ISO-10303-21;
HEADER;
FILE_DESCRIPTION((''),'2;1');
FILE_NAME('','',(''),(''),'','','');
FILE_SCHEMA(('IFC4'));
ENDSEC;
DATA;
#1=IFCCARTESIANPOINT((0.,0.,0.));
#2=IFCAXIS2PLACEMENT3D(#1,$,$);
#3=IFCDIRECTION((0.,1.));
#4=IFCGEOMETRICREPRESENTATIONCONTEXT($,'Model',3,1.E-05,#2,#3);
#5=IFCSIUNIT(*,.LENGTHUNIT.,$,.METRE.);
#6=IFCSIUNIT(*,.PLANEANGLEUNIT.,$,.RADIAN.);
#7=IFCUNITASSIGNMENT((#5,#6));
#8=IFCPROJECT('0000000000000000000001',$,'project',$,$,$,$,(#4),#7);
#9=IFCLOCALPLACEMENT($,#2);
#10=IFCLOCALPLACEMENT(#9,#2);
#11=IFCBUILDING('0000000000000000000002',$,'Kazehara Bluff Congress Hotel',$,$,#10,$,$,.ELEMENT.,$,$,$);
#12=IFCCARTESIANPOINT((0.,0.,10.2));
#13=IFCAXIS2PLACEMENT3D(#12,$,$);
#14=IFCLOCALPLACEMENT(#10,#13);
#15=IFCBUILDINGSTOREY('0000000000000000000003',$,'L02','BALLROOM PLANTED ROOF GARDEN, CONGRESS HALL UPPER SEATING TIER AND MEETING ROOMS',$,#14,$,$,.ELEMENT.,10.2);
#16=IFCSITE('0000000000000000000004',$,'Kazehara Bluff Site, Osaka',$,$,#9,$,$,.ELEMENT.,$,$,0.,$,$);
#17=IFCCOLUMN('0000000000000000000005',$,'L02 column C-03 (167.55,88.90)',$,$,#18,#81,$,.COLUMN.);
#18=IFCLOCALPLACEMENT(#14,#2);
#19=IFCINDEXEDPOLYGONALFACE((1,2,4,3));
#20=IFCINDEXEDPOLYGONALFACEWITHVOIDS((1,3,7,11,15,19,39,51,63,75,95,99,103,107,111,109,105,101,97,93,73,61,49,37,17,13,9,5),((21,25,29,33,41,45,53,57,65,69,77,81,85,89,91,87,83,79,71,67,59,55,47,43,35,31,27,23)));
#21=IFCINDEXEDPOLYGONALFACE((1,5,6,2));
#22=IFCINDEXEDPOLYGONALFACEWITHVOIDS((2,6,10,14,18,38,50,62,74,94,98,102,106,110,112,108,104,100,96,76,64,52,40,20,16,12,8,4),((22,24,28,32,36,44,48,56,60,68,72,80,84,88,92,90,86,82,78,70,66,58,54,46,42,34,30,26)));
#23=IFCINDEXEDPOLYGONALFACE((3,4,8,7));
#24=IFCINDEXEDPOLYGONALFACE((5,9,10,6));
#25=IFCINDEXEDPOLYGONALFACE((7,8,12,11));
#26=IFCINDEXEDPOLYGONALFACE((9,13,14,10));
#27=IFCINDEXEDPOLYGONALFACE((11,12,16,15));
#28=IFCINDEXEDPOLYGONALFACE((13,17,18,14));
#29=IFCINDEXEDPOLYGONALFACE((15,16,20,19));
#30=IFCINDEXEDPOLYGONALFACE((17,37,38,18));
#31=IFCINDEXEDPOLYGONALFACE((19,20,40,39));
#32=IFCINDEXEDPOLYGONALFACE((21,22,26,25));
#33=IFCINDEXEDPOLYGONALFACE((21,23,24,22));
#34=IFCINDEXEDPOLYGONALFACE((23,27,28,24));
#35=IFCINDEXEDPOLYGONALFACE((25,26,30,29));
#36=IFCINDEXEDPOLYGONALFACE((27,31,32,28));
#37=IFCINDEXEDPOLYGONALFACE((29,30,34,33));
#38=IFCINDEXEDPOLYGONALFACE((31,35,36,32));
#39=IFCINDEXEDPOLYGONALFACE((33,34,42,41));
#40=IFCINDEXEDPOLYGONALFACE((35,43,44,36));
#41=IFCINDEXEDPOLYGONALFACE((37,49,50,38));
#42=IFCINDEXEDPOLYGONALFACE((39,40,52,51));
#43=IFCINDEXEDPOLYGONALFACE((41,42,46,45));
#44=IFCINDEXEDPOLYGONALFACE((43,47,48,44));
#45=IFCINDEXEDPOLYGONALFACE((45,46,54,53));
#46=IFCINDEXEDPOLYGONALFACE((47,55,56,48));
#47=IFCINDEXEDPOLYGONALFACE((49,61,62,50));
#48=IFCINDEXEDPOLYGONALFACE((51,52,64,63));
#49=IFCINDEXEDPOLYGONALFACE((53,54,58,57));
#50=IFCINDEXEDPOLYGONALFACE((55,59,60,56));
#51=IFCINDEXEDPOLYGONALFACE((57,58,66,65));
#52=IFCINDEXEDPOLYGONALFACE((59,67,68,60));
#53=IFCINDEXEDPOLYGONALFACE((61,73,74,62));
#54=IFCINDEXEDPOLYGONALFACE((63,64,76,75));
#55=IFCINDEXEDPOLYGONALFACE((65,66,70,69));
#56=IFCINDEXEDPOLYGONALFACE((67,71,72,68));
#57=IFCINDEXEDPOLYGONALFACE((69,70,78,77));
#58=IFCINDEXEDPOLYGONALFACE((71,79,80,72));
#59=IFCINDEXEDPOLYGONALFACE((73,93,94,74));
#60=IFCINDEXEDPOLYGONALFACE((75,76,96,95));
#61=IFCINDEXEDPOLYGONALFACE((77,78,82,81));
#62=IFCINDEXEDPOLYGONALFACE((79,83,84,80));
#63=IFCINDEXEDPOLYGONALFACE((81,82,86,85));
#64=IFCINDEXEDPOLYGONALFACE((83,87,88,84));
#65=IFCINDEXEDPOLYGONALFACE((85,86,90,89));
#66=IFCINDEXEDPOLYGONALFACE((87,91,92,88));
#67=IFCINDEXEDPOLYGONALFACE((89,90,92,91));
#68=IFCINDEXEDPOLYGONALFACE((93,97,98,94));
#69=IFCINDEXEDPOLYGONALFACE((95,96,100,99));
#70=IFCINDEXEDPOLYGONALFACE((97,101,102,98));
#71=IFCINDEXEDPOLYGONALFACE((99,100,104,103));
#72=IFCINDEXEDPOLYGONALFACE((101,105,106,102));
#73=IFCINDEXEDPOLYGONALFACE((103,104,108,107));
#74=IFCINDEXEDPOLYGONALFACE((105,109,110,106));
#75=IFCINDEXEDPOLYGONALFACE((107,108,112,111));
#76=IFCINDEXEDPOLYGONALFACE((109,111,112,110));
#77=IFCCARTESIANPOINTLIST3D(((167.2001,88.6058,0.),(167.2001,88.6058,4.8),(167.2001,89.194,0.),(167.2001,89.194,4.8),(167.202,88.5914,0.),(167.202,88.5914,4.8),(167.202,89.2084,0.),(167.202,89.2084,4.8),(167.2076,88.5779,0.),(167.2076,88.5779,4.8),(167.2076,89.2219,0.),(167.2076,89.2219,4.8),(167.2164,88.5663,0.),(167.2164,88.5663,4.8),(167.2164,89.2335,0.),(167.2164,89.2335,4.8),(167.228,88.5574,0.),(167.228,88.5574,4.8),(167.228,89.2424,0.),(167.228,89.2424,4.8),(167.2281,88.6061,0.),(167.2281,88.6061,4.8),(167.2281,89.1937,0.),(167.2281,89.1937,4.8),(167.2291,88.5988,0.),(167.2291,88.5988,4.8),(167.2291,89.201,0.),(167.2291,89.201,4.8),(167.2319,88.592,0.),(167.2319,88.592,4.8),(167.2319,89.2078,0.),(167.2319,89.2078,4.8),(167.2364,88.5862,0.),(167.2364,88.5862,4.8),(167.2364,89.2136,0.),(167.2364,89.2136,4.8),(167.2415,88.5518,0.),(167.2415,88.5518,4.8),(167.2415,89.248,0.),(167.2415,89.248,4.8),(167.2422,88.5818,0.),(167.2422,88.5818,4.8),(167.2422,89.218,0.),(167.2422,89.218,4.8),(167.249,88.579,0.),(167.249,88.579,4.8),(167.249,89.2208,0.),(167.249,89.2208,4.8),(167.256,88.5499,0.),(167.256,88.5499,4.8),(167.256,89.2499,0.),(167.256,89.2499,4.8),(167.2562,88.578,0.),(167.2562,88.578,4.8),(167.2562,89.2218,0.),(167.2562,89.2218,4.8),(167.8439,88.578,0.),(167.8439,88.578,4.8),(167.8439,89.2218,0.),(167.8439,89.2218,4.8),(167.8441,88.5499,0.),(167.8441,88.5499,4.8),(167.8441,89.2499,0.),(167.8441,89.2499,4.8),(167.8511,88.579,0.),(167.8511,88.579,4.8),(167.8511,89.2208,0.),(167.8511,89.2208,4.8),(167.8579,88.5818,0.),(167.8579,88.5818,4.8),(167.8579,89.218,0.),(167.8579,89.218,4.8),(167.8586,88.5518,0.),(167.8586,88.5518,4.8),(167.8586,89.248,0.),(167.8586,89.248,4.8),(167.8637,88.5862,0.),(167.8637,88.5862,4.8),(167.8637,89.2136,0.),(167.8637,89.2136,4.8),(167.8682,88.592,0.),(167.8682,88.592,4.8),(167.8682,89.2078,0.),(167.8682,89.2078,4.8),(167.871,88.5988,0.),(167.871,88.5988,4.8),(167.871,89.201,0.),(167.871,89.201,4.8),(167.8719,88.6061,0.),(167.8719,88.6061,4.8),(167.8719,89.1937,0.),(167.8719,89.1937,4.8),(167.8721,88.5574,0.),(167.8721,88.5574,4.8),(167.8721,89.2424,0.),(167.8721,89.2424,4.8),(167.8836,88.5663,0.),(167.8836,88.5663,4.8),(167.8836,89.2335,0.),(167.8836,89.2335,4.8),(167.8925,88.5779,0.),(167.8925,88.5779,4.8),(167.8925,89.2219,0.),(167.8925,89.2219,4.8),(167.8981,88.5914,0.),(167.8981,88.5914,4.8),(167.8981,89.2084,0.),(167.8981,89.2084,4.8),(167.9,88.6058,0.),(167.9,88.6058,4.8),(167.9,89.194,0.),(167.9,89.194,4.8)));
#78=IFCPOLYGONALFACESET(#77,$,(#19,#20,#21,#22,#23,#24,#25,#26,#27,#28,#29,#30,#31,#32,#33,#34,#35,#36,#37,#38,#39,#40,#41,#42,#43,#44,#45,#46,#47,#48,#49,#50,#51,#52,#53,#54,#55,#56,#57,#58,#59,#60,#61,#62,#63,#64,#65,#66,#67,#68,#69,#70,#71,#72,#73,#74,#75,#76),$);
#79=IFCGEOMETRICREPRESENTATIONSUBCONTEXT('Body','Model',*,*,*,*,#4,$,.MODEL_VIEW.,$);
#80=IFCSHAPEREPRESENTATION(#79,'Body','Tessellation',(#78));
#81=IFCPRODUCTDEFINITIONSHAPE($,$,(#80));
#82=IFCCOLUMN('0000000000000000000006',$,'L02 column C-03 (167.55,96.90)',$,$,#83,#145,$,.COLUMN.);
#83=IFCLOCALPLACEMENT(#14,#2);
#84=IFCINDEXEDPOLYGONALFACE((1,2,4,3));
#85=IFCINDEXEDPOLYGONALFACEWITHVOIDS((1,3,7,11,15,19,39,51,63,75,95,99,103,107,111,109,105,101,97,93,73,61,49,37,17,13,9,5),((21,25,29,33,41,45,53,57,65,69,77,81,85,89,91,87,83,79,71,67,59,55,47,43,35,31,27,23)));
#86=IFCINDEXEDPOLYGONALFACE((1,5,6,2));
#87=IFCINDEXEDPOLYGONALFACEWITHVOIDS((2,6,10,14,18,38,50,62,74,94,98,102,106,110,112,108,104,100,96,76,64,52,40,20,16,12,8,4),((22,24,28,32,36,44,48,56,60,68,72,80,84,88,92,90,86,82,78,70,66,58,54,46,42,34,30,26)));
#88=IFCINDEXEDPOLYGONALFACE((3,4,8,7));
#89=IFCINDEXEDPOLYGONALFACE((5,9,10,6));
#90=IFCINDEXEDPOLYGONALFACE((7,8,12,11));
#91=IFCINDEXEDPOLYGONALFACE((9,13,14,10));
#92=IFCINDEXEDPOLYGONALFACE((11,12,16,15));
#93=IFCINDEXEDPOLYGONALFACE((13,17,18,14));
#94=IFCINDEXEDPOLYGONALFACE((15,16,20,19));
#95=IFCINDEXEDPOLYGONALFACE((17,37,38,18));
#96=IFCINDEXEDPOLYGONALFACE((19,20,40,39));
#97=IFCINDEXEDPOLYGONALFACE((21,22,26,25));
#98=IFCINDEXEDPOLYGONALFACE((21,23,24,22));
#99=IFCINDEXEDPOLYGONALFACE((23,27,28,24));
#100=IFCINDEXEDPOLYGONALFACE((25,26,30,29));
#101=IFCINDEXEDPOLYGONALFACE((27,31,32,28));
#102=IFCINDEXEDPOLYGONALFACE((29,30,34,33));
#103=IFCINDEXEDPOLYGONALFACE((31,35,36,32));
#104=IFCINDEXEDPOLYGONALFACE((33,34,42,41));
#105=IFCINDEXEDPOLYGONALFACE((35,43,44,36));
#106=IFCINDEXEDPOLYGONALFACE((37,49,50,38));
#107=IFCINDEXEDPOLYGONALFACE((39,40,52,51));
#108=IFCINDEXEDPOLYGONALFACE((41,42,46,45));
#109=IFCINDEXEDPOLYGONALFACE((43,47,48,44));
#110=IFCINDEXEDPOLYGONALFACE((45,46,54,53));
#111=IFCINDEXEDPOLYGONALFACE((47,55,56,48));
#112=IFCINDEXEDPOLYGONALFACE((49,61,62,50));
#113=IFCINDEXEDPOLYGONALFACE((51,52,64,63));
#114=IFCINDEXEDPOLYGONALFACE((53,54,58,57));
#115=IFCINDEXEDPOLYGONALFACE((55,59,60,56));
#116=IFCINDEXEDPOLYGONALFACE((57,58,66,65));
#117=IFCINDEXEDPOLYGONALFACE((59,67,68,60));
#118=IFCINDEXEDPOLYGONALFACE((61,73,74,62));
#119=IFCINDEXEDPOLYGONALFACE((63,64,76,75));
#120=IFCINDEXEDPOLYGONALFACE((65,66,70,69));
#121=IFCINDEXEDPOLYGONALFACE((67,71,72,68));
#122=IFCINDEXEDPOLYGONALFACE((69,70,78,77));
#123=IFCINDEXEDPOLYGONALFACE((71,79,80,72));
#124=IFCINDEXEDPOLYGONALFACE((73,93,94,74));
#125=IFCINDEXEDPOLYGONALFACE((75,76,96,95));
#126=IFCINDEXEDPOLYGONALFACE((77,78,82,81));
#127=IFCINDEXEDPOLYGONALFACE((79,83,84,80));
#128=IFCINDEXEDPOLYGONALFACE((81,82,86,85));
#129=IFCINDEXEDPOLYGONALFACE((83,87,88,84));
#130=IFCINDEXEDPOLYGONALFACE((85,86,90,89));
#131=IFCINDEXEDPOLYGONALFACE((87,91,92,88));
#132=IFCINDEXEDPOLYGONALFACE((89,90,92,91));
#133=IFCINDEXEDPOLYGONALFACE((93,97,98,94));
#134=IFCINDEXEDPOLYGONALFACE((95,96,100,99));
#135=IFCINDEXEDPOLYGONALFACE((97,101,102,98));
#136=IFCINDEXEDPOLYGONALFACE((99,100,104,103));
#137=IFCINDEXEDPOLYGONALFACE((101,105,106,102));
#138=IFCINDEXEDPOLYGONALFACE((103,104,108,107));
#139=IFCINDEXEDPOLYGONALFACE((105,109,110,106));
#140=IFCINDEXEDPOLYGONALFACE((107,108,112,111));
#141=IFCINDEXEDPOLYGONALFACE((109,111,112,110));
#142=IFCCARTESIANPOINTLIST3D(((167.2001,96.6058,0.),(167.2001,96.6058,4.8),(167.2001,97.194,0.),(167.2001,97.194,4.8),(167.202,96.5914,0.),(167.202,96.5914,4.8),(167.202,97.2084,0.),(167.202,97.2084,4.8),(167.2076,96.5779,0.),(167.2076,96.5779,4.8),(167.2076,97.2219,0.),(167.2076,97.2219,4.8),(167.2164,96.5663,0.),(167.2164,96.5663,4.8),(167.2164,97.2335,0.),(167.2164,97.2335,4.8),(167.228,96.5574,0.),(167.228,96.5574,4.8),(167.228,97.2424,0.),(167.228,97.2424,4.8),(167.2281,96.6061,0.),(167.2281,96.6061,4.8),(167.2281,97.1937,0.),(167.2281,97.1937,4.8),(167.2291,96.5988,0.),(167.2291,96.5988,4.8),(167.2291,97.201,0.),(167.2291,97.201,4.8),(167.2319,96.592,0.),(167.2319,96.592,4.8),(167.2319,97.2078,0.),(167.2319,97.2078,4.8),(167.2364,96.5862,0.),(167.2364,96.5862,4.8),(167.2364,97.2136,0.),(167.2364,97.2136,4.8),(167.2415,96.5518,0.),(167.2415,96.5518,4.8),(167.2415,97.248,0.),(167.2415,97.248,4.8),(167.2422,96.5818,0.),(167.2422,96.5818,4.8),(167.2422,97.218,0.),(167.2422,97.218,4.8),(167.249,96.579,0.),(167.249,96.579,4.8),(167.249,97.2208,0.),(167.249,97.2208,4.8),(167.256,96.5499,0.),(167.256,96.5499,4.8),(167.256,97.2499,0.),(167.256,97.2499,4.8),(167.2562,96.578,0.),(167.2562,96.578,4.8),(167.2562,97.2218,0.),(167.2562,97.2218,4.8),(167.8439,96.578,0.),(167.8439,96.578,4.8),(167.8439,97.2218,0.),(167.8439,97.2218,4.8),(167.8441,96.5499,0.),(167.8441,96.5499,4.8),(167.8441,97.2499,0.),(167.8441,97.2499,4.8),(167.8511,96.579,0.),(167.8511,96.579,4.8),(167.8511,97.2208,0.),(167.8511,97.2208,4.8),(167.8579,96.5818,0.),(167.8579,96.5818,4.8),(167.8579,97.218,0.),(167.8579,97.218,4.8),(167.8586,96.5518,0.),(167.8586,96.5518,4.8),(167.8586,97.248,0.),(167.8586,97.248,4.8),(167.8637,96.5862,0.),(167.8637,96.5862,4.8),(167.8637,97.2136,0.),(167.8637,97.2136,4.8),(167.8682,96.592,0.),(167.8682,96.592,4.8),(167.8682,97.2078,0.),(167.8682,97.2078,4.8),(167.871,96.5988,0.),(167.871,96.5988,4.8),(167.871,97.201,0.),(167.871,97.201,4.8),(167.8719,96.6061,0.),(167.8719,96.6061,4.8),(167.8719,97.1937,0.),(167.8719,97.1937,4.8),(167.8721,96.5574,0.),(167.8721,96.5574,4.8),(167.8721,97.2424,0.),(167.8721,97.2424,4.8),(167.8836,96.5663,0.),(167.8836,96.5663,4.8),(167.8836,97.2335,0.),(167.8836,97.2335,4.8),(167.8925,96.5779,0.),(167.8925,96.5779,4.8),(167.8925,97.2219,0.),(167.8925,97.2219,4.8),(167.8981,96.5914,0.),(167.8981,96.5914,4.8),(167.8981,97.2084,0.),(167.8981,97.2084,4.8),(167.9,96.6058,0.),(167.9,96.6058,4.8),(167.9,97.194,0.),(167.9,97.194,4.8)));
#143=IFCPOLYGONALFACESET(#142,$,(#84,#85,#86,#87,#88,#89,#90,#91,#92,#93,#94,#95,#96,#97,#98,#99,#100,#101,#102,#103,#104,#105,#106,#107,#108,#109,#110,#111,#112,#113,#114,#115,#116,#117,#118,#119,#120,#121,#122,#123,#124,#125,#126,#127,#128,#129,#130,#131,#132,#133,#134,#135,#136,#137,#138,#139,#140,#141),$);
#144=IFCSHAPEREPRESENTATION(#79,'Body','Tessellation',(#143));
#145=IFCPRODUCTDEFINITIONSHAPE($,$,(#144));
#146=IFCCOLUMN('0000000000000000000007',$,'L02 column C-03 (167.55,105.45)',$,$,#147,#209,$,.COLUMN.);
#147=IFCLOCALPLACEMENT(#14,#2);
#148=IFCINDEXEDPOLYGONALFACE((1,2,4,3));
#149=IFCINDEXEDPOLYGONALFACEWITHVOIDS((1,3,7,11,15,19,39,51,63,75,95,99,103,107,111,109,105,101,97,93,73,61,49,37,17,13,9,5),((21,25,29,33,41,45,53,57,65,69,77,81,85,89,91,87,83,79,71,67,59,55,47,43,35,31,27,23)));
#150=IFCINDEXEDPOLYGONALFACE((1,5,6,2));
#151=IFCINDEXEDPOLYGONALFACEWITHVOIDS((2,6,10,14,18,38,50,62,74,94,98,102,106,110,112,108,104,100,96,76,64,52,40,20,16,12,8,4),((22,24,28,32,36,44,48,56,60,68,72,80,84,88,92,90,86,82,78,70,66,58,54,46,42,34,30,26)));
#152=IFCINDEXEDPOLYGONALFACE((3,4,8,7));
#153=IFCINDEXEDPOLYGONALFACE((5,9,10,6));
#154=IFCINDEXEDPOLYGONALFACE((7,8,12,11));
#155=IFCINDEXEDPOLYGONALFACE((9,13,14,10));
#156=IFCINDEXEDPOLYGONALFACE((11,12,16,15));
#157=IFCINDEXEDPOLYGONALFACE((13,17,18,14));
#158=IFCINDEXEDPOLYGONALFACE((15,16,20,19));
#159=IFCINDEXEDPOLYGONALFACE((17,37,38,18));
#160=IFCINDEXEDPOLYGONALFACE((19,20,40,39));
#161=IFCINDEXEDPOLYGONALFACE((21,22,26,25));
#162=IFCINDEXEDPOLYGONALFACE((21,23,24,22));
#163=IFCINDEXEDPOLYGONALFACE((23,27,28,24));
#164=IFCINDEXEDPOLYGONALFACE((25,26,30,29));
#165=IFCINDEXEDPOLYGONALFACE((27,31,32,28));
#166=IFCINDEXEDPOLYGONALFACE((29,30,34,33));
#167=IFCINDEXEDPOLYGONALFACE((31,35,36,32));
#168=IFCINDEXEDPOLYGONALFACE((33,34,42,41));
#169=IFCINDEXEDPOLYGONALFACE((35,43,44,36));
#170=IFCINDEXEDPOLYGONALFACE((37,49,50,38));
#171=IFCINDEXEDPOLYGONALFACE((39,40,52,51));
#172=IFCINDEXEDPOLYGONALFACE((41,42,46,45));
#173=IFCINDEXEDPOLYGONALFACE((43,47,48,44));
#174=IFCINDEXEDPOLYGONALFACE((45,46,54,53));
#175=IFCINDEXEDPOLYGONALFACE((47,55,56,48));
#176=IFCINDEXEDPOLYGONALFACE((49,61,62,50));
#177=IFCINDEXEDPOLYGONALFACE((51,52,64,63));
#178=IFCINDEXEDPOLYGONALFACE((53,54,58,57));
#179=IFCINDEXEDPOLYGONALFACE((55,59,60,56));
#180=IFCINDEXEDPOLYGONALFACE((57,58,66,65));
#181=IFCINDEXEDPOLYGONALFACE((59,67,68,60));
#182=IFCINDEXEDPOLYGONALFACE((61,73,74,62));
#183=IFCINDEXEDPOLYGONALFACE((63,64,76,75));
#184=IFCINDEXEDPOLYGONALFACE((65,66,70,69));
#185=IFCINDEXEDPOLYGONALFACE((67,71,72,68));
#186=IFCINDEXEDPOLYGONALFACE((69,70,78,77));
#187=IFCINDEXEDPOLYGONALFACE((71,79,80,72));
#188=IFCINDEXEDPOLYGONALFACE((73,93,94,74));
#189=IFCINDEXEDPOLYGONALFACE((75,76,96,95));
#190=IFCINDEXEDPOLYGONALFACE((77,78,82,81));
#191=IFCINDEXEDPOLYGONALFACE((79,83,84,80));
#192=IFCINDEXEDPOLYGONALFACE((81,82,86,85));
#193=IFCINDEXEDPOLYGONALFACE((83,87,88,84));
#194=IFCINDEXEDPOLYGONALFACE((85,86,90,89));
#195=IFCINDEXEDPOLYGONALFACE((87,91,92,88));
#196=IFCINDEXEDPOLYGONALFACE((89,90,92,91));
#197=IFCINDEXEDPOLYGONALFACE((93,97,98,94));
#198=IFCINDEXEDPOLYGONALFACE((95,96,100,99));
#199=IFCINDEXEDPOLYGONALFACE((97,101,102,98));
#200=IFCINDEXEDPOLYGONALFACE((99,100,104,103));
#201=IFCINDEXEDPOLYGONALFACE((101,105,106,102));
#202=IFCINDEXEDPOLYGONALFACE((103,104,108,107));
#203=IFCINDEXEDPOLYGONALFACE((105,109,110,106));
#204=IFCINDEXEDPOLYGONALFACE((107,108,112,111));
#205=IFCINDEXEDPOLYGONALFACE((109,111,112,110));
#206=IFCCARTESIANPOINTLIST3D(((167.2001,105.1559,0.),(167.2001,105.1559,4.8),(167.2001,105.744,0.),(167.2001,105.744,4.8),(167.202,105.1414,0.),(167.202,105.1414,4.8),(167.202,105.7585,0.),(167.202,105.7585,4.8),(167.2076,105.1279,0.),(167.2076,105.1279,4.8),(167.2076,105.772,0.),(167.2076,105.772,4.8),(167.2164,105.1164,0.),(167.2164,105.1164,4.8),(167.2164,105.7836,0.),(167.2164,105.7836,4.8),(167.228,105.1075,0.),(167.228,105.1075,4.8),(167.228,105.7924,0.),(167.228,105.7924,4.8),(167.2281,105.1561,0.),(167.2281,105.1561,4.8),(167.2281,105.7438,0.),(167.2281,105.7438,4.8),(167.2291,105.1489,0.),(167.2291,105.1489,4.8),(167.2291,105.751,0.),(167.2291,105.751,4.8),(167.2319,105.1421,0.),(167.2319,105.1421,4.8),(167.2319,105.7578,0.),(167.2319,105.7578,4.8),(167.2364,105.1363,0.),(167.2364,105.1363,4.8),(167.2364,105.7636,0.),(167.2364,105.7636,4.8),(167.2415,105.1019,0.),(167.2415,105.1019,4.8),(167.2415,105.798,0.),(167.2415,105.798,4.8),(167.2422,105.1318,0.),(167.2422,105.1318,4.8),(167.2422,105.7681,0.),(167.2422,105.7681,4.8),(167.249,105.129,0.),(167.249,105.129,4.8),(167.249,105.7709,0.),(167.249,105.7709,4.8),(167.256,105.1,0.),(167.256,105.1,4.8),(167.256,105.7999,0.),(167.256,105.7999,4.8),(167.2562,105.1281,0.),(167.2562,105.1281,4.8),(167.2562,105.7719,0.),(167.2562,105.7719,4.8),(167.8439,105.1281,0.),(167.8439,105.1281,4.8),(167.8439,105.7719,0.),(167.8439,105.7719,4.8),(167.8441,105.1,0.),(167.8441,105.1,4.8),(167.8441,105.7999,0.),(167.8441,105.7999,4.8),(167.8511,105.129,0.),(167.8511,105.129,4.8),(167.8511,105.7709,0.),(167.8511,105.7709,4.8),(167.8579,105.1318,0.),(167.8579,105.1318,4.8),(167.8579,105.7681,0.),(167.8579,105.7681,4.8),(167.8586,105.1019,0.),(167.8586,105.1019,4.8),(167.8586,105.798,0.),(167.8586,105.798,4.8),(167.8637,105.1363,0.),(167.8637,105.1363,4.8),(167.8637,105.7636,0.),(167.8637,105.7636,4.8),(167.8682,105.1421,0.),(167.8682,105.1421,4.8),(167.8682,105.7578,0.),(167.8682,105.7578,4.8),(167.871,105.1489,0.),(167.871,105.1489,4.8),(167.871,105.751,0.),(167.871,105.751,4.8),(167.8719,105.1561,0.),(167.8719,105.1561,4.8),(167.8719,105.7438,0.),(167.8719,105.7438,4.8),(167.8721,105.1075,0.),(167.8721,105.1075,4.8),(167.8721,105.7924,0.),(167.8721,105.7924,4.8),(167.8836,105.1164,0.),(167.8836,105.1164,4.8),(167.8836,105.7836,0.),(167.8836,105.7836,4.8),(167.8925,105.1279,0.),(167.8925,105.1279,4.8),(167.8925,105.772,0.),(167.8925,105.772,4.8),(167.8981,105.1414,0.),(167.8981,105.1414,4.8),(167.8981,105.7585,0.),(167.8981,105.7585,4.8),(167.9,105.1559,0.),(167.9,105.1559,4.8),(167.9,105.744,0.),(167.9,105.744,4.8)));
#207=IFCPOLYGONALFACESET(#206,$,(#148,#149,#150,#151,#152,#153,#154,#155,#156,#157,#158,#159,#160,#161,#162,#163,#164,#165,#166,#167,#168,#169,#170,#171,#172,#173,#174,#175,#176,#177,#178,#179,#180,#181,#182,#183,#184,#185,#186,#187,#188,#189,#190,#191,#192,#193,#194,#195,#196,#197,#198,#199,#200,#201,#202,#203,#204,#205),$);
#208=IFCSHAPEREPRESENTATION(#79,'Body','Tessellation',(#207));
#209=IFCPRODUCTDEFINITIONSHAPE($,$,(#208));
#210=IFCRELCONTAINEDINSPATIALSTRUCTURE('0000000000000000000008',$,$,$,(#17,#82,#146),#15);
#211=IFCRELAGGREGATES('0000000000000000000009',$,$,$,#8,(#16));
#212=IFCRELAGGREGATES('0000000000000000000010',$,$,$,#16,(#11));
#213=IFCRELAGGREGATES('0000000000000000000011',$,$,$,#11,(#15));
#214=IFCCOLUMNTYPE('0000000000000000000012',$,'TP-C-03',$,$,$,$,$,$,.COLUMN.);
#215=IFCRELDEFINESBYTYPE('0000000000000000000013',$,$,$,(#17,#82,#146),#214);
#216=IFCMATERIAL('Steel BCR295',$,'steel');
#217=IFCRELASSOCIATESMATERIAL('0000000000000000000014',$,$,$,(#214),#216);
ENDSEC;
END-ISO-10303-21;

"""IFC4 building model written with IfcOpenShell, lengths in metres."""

from ifc_helpers import new_model, si_unit, direction, frame, origin, origin_2d, place, context, subcontext, project, spatial, hollow_rectangle, extrude, material, material_profile, profile_set, type_object, element, save


model = new_model("IFC4")

# Units and contexts
model_context = context("Model", 3, precision=1e-05, world=origin(), true_north=direction((0.0, 1.0)))
body_context = subcontext(model_context, "Body", "Model", "MODEL_VIEW")
ifc_project = project(units=[si_unit("LENGTHUNIT", "METRE"), si_unit("PLANEANGLEUNIT", "RADIAN")], contexts=[model_context])

# Site, building, storey
site_placement = place(None, origin())
site = spatial("IfcSite", under=ifc_project, at=site_placement, Name="Kazehara Bluff Site, Osaka", CompositionType="ELEMENT", RefElevation=0.0)
building_placement = place(site_placement, origin())
building = spatial("IfcBuilding", under=site, at=building_placement, Name="Kazehara Bluff Congress Hotel", CompositionType="ELEMENT")
storey_placement = place(building_placement, frame((0.0, 0.0, 10.2)))
storey = spatial("IfcBuildingStorey", under=building, at=storey_placement, Name="L02", Description="BALLROOM PLANTED ROOF GARDEN, CONGRESS HALL UPPER SEATING TIER AND MEETING ROOMS", CompositionType="ELEMENT", Elevation=10.2)

# Columns
ifc_material_1 = material(Name="Steel BCR295", Category="steel")
ifc_material_profile_1 = material_profile(ifc_material_1, hollow_rectangle(XDim=0.7, YDim=0.7, WallThickness=0.0281, InnerFilletRadius=0.0281, OuterFilletRadius=0.0559, at=origin_2d()))
ifc_profile_set_1 = profile_set([ifc_material_profile_1], Name="Steel BCR295")
column_type_1 = type_object("IfcColumnType", Name="TP-C-03", PredefinedType="COLUMN", material=ifc_profile_set_1)
for number, where, z_axis, x_axis, name in (
    (1, (167.55, 88.8999, 0.0), (0.0, 0.0, 1.0), (1.0, 0.0, 0.0), "L02 column C-03 (167.55,88.90)"),
    (2, (167.55, 96.8999, 0.0), (0.0, 0.0, 1.0), (1.0, 0.0, 0.0), "L02 column C-03 (167.55,96.90)"),
    (3, (167.55, 105.45, 0.0), (0.0, 0.0, 1.0), (1.0, 0.0, 0.0), "L02 column C-03 (167.55,105.45)"),
):
    element("IfcColumn", number, at=place(storey_placement, frame(where, z_axis=z_axis, x_axis=x_axis)), inside=storey, type_object=column_type_1, Name=name, PredefinedType="COLUMN", context=body_context, shape_type="SweptSolid", body=[
        extrude(hollow_rectangle(XDim=0.7, YDim=0.7, WallThickness=0.0281, InnerFilletRadius=0.0281, OuterFilletRadius=0.0559, at=origin_2d()), origin(), (0.0, 0.0, 1.0), 4.8),
    ])

save(model, "model.ifc")
